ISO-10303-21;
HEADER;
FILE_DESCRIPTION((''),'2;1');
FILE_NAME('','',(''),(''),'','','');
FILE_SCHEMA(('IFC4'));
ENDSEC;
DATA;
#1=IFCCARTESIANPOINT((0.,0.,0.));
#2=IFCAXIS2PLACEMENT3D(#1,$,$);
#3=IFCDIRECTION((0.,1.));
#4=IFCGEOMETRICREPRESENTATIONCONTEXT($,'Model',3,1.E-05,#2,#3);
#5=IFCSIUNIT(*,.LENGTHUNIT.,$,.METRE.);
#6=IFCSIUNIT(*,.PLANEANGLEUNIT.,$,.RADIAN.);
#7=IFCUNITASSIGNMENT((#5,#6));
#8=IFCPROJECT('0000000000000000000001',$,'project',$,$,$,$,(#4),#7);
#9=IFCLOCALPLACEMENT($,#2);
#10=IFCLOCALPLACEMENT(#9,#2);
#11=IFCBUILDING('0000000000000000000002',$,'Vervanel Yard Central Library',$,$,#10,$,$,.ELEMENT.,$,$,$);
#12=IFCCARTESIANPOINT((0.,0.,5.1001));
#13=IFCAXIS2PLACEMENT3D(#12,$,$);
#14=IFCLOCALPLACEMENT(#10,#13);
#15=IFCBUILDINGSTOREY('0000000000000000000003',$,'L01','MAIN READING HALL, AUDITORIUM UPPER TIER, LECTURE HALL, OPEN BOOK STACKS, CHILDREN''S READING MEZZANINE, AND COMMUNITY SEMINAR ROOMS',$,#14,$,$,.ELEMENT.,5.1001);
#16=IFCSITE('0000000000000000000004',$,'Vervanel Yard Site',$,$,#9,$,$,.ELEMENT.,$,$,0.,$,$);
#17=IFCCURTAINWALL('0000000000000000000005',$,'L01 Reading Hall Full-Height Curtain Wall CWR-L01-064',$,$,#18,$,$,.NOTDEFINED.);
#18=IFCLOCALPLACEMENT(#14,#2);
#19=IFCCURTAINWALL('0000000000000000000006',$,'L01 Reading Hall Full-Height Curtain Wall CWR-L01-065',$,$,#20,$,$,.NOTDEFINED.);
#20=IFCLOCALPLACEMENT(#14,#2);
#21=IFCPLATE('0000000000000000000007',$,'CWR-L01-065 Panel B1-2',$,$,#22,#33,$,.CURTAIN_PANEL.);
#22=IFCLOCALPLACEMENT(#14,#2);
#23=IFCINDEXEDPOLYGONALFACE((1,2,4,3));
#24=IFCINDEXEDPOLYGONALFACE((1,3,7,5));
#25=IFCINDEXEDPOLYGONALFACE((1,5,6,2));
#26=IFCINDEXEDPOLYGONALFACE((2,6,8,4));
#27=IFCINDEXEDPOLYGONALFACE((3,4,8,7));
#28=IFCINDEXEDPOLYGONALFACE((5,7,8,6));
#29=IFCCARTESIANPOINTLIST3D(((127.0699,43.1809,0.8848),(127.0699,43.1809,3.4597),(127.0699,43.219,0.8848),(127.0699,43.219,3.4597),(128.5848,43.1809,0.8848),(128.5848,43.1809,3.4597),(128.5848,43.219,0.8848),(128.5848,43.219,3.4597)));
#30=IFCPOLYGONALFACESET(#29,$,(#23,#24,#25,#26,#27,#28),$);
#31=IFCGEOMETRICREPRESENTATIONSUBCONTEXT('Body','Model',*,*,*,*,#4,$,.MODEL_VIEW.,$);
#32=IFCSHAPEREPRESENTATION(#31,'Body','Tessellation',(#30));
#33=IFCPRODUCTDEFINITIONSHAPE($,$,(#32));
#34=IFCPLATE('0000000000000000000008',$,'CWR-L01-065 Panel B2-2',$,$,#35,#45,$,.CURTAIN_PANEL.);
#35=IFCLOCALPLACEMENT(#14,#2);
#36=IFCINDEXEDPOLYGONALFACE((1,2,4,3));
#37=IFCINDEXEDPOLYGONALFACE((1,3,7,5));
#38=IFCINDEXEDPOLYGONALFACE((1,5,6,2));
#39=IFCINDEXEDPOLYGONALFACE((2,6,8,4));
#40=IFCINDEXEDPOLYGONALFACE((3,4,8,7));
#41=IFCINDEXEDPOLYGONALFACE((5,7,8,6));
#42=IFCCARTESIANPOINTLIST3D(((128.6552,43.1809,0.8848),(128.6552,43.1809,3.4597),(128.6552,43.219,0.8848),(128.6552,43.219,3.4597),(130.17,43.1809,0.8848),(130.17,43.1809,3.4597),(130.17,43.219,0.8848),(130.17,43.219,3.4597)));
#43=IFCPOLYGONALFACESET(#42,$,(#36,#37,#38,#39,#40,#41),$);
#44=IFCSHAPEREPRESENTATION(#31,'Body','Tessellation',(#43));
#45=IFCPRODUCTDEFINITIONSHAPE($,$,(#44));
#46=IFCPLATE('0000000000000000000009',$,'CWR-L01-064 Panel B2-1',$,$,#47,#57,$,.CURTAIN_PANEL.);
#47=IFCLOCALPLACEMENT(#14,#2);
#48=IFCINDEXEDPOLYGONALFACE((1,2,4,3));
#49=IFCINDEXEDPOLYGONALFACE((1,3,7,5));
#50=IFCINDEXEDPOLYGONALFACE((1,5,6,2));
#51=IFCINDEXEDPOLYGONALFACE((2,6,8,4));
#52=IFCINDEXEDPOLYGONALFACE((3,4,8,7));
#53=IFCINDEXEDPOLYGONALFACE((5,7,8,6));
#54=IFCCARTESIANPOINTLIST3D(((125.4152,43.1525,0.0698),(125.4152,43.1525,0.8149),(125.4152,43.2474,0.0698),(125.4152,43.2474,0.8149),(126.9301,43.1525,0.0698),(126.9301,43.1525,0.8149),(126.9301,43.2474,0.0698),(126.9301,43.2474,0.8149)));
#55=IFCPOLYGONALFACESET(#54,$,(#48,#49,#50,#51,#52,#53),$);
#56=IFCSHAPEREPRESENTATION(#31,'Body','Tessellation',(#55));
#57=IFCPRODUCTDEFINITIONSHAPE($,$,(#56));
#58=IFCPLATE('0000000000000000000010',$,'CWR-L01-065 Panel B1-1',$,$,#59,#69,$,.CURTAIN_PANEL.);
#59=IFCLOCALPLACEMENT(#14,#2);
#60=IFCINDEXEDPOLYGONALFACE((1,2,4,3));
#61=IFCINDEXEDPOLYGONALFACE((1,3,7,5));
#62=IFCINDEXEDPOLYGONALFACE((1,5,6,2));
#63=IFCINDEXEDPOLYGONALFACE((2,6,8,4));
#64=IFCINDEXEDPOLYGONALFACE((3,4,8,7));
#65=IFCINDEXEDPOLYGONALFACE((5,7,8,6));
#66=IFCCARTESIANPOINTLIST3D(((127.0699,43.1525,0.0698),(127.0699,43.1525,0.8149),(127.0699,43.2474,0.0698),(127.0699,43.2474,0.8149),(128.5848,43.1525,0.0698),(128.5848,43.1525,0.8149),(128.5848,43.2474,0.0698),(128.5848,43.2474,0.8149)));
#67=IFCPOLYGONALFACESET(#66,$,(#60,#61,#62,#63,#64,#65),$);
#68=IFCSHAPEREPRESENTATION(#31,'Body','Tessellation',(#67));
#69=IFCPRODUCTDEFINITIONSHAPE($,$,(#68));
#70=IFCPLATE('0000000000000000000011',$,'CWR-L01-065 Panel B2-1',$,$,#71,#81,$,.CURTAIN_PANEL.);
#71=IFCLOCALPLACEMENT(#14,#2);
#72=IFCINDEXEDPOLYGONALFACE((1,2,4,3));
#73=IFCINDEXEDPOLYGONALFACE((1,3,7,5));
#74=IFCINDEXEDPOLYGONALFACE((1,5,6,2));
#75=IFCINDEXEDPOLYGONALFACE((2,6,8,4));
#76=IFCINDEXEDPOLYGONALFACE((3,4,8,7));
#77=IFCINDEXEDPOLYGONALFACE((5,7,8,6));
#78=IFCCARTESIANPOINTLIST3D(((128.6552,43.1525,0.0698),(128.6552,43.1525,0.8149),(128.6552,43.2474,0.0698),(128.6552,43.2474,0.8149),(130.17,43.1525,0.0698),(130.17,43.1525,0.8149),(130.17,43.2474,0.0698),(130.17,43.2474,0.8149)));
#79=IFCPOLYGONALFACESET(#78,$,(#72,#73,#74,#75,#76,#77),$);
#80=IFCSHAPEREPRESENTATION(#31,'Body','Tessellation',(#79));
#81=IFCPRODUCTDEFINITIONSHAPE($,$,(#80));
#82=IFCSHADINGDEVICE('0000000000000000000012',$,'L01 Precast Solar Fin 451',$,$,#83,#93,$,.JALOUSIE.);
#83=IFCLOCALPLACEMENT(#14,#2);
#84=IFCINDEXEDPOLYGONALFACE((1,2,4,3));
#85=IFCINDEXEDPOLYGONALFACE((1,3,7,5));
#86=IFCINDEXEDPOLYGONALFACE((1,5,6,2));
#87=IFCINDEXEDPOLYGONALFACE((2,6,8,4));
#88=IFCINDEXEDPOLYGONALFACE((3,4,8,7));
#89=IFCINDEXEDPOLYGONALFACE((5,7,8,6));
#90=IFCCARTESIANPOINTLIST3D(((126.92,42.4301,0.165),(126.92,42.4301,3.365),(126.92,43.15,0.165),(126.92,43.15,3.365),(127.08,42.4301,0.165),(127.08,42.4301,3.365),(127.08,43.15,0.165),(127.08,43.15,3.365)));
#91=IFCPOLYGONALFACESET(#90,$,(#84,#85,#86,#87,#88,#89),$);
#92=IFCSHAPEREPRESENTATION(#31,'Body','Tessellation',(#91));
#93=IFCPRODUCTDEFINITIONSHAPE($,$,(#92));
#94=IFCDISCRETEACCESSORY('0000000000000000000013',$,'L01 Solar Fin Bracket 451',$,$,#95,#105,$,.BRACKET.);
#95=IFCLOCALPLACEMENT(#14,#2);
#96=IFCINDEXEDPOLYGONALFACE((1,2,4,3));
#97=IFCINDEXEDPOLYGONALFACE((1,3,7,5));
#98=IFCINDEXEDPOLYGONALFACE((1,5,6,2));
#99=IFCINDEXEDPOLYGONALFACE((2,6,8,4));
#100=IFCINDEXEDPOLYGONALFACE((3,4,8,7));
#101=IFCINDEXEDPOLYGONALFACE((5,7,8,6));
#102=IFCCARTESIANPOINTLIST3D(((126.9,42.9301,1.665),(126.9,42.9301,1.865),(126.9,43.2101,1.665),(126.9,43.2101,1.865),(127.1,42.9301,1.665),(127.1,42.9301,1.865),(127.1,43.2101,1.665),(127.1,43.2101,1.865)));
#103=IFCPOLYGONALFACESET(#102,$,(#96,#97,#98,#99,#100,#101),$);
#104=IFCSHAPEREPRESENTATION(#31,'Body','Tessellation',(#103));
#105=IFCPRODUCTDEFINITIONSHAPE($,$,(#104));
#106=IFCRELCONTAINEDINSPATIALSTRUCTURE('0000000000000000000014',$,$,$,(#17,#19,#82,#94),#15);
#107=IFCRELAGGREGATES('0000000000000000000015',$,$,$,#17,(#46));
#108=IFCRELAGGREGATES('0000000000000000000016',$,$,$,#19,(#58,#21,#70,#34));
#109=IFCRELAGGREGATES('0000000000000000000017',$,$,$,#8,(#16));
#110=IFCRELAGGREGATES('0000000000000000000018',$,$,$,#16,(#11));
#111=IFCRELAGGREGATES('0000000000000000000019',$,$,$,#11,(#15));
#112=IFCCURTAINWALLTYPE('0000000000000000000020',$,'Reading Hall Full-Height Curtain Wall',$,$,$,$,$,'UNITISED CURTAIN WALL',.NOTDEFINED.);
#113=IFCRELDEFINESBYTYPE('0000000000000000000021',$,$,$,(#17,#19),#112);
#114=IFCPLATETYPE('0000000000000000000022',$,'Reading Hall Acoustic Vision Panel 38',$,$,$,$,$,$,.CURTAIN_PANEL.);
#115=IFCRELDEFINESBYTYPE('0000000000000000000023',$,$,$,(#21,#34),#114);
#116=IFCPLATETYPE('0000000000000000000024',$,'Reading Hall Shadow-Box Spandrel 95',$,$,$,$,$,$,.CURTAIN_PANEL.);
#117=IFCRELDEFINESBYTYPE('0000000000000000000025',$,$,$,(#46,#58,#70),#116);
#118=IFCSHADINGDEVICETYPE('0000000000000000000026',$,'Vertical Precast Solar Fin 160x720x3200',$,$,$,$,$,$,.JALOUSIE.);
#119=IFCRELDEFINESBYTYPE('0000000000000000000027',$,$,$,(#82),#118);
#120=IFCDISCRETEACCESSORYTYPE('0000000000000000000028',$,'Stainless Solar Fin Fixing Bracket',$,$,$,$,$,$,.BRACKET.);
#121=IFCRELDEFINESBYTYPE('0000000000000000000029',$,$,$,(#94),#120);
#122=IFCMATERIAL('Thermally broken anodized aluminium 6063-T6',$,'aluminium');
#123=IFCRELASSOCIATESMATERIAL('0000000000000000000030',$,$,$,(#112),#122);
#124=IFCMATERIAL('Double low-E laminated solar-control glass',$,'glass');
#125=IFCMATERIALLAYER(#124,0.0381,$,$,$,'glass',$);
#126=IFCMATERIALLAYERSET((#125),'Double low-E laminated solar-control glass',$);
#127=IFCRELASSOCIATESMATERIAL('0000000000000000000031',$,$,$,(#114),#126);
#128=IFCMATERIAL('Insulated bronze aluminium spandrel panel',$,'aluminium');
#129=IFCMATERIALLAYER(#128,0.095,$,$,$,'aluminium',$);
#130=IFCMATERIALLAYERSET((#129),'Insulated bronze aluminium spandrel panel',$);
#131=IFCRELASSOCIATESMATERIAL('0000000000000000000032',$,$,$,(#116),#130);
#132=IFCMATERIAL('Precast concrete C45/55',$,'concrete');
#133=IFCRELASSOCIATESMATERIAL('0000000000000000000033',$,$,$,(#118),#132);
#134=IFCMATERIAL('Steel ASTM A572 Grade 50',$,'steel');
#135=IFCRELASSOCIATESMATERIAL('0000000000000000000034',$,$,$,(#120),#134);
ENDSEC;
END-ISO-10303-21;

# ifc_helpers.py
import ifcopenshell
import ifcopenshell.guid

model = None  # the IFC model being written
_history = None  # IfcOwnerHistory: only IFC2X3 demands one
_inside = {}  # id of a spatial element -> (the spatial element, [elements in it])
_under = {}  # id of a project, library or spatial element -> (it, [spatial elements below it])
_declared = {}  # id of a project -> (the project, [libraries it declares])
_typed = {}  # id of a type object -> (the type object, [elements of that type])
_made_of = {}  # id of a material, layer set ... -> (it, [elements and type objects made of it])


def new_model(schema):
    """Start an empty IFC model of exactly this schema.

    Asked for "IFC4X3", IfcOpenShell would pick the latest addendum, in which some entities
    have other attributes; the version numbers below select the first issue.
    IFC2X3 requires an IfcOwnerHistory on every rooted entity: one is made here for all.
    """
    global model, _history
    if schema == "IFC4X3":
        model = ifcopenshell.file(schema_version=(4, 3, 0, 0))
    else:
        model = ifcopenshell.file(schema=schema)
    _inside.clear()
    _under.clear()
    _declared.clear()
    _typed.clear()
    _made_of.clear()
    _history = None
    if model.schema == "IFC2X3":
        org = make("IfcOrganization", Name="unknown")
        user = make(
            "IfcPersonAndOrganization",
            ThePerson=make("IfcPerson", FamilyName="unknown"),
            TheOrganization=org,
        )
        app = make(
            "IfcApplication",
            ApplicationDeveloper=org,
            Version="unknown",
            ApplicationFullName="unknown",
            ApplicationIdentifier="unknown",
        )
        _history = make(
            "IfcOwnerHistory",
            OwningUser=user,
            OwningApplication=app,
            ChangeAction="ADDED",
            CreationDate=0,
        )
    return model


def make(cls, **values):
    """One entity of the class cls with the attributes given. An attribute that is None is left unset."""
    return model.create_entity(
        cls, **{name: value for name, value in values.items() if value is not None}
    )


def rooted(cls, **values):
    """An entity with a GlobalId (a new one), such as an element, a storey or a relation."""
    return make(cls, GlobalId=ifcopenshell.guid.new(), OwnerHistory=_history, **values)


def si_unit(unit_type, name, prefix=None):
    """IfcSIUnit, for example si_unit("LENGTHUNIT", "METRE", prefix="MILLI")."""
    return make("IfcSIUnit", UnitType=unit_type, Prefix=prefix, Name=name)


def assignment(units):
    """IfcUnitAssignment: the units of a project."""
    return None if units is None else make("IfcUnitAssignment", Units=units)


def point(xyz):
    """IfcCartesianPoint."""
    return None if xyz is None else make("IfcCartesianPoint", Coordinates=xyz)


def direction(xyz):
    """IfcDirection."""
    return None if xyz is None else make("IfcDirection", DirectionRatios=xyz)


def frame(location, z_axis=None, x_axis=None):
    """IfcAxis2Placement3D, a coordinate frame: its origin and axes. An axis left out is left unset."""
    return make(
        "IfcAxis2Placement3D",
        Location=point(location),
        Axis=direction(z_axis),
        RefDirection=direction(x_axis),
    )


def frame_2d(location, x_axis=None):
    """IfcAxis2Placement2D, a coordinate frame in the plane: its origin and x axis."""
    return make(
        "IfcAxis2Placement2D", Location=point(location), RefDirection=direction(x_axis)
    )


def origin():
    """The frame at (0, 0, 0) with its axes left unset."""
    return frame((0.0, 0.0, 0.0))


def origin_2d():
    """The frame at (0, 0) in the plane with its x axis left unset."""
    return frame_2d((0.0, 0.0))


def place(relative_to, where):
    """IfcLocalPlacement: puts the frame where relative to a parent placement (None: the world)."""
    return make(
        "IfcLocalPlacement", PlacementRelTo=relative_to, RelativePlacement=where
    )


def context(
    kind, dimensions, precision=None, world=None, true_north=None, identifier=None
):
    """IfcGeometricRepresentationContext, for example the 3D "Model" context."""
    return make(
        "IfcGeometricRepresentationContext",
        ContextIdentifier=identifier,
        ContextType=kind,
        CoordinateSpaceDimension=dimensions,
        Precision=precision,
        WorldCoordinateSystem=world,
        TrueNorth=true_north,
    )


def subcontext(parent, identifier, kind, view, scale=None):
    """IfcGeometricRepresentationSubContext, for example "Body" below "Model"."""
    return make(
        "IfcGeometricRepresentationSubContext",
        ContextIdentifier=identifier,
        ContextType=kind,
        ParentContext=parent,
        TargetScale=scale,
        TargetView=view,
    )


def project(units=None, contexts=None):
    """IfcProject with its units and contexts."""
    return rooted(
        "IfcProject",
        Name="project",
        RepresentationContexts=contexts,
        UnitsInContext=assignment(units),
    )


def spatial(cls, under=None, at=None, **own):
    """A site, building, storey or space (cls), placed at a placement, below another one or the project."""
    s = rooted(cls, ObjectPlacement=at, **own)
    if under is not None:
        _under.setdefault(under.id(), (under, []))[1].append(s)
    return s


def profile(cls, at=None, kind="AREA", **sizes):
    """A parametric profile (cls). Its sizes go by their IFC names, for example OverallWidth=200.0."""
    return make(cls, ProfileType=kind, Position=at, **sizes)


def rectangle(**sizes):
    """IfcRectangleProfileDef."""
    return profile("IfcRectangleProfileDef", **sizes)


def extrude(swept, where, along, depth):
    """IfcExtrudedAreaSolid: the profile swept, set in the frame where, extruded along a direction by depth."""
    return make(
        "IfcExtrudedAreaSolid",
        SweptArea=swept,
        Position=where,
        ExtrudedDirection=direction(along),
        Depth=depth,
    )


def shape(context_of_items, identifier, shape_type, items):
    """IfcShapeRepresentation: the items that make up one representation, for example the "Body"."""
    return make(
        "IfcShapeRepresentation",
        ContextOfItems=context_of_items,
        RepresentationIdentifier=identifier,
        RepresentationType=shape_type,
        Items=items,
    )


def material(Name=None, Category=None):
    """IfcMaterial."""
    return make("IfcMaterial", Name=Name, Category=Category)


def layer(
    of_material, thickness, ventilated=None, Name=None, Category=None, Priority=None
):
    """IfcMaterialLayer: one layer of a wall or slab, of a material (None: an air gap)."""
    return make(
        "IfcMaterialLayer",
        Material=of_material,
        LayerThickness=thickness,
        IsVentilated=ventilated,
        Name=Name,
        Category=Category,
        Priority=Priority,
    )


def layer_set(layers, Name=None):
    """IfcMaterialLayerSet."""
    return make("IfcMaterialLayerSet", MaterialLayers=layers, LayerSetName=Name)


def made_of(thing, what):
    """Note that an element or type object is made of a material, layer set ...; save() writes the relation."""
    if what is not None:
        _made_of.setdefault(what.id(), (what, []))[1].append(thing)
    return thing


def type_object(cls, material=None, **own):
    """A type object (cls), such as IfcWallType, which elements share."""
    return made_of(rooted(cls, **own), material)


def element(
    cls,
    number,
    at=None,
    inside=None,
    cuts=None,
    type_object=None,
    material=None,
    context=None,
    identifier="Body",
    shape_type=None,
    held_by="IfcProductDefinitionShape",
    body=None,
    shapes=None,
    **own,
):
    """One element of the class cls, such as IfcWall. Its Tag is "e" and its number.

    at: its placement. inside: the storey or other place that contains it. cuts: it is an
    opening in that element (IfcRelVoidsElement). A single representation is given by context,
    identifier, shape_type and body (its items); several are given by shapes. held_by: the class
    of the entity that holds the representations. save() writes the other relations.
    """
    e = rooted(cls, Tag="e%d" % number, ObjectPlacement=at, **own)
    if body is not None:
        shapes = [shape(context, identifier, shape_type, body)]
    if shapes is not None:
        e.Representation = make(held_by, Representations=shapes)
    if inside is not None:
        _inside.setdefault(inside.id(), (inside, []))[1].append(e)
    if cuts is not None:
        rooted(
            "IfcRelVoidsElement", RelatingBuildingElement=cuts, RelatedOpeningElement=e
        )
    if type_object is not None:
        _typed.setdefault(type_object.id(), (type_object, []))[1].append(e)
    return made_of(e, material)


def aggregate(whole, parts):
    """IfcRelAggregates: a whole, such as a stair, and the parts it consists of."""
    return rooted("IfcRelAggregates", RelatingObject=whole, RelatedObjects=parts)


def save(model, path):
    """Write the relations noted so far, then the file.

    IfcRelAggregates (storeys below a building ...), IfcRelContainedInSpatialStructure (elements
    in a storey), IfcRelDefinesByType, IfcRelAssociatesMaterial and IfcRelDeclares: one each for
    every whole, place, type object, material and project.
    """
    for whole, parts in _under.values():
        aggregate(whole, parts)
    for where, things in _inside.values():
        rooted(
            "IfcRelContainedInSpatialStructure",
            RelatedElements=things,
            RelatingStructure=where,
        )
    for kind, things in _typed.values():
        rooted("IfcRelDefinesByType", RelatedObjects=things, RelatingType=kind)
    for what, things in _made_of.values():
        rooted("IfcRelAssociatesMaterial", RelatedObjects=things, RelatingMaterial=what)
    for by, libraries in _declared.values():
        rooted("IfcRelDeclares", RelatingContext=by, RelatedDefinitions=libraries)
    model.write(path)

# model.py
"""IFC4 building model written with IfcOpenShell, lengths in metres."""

from ifc_helpers import new_model, si_unit, direction, frame, origin, origin_2d, place, context, subcontext, project, spatial, rectangle, extrude, material, layer, layer_set, type_object, element, aggregate, save


model = new_model("IFC4")

# Units and contexts
model_context = context("Model", 3, precision=1e-05, world=origin(), true_north=direction((0.0, 1.0)))
body_context = subcontext(model_context, "Body", "Model", "MODEL_VIEW")
ifc_project = project(units=[si_unit("LENGTHUNIT", "METRE"), si_unit("PLANEANGLEUNIT", "RADIAN")], contexts=[model_context])

# Site, building, storey
site_placement = place(None, origin())
site = spatial("IfcSite", under=ifc_project, at=site_placement, Name="Vervanel Yard Site", CompositionType="ELEMENT", RefElevation=0.0)
building_placement = place(site_placement, origin())
building = spatial("IfcBuilding", under=site, at=building_placement, Name="Vervanel Yard Central Library", CompositionType="ELEMENT")
storey_placement = place(building_placement, frame((0.0, 0.0, 5.1001)))
storey = spatial("IfcBuildingStorey", under=building, at=storey_placement, Name="L01", Description="MAIN READING HALL, AUDITORIUM UPPER TIER, LECTURE HALL, OPEN BOOK STACKS, CHILDREN'S READING MEZZANINE, AND COMMUNITY SEMINAR ROOMS", CompositionType="ELEMENT", Elevation=5.1001)

# Curtain walls
ifc_material_1 = material(Name="Thermally broken anodized aluminium 6063-T6", Category="aluminium")
curtain_wall_type = type_object("IfcCurtainWallType", Name="Reading Hall Full-Height Curtain Wall", ElementType="UNITISED CURTAIN WALL", PredefinedType="NOTDEFINED", material=ifc_material_1)
curtain_wall_1_placement = place(storey_placement, origin())
curtain_wall_1 = element("IfcCurtainWall", 1, at=curtain_wall_1_placement, inside=storey, type_object=curtain_wall_type, Name="L01 Reading Hall Full-Height Curtain Wall CWR-L01-064", PredefinedType="NOTDEFINED")
curtain_wall_2_placement = place(storey_placement, origin())
curtain_wall_2 = element("IfcCurtainWall", 2, at=curtain_wall_2_placement, inside=storey, type_object=curtain_wall_type, Name="L01 Reading Hall Full-Height Curtain Wall CWR-L01-065", PredefinedType="NOTDEFINED")

# Plates
ifc_material_2 = material(Name="Double low-E laminated solar-control glass", Category="glass")
ifc_layer_1 = layer(ifc_material_2, 0.0381, Category="glass")
ifc_layer_set_1 = layer_set([ifc_layer_1], Name="Double low-E laminated solar-control glass")
plate_type_1 = type_object("IfcPlateType", Name="Reading Hall Acoustic Vision Panel 38", PredefinedType="CURTAIN_PANEL", material=ifc_layer_set_1)
plate_1_placement = place(storey_placement, frame((127.8274, 43.2, 0.8848), z_axis=(0.0, 0.0, 1.0), x_axis=(1.0, 0.0, 0.0)))
plate_1 = element("IfcPlate", 3, at=plate_1_placement, type_object=plate_type_1, Name="CWR-L01-065 Panel B1-2", PredefinedType="CURTAIN_PANEL", context=body_context, shape_type="SweptSolid", body=[
    extrude(rectangle(XDim=1.5149, YDim=0.0381, at=origin_2d()), origin(), (0.0, 0.0, 1.0), 2.575),
])
plate_2_placement = place(storey_placement, frame((129.4126, 43.2, 0.8848), z_axis=(0.0, 0.0, 1.0), x_axis=(1.0, 0.0, 0.0)))
plate_2 = element("IfcPlate", 4, at=plate_2_placement, type_object=plate_type_1, Name="CWR-L01-065 Panel B2-2", PredefinedType="CURTAIN_PANEL", context=body_context, shape_type="SweptSolid", body=[
    extrude(rectangle(XDim=1.5149, YDim=0.0381, at=origin_2d()), origin(), (0.0, 0.0, 1.0), 2.575),
])
ifc_material_3 = material(Name="Insulated bronze aluminium spandrel panel", Category="aluminium")
ifc_layer_2 = layer(ifc_material_3, 0.095, Category="aluminium")
ifc_layer_set_2 = layer_set([ifc_layer_2], Name="Insulated bronze aluminium spandrel panel")
plate_type_2 = type_object("IfcPlateType", Name="Reading Hall Shadow-Box Spandrel 95", PredefinedType="CURTAIN_PANEL", material=ifc_layer_set_2)
plate_3_placement = place(storey_placement, frame((126.1726, 43.2, 0.0698), z_axis=(0.0, 0.0, 1.0), x_axis=(1.0, 0.0, 0.0)))
plate_3 = element("IfcPlate", 5, at=plate_3_placement, type_object=plate_type_2, Name="CWR-L01-064 Panel B2-1", PredefinedType="CURTAIN_PANEL", context=body_context, shape_type="SweptSolid", body=[
    extrude(rectangle(XDim=1.5149, YDim=0.095, at=origin_2d()), origin(), (0.0, 0.0, 1.0), 0.7451),
])
aggregate(curtain_wall_1, [plate_3])
plate_4_placement = place(storey_placement, frame((127.8274, 43.2, 0.0698), z_axis=(0.0, 0.0, 1.0), x_axis=(1.0, 0.0, 0.0)))
plate_4 = element("IfcPlate", 6, at=plate_4_placement, type_object=plate_type_2, Name="CWR-L01-065 Panel B1-1", PredefinedType="CURTAIN_PANEL", context=body_context, shape_type="SweptSolid", body=[
    extrude(rectangle(XDim=1.5149, YDim=0.095, at=origin_2d()), origin(), (0.0, 0.0, 1.0), 0.7451),
])
plate_5_placement = place(storey_placement, frame((129.4126, 43.2, 0.0698), z_axis=(0.0, 0.0, 1.0), x_axis=(1.0, 0.0, 0.0)))
plate_5 = element("IfcPlate", 7, at=plate_5_placement, type_object=plate_type_2, Name="CWR-L01-065 Panel B2-1", PredefinedType="CURTAIN_PANEL", context=body_context, shape_type="SweptSolid", body=[
    extrude(rectangle(XDim=1.5149, YDim=0.095, at=origin_2d()), origin(), (0.0, 0.0, 1.0), 0.7451),
])
aggregate(curtain_wall_2, [plate_4, plate_1, plate_5, plate_2])

# Shading device
ifc_material_4 = material(Name="Precast concrete C45/55", Category="concrete")
shading_device_type = type_object("IfcShadingDeviceType", Name="Vertical Precast Solar Fin 160x720x3200", PredefinedType="JALOUSIE", material=ifc_material_4)
shading_device_placement = place(storey_placement, frame((127.0, 42.79, 0.165), z_axis=(0.0, 0.0, 1.0), x_axis=(1.0, 0.0, 0.0)))
element("IfcShadingDevice", 8, at=shading_device_placement, inside=storey, type_object=shading_device_type, Name="L01 Precast Solar Fin 451", PredefinedType="JALOUSIE", context=body_context, shape_type="SweptSolid", body=[
    extrude(rectangle(XDim=0.1599, YDim=0.72, at=origin_2d()), origin(), (0.0, 0.0, 1.0), 3.2),
])

# Discrete accessory
ifc_material_5 = material(Name="Steel ASTM A572 Grade 50", Category="steel")
discrete_accessory_type = type_object("IfcDiscreteAccessoryType", Name="Stainless Solar Fin Fixing Bracket", PredefinedType="BRACKET", material=ifc_material_5)
discrete_accessory_placement = place(storey_placement, frame((127.0, 43.0701, 1.665), z_axis=(0.0, 0.0, 1.0), x_axis=(1.0, 0.0, 0.0)))
element("IfcDiscreteAccessory", 9, at=discrete_accessory_placement, inside=storey, type_object=discrete_accessory_type, Name="L01 Solar Fin Bracket 451", PredefinedType="BRACKET", context=body_context, shape_type="SweptSolid", body=[
    extrude(rectangle(XDim=0.2, YDim=0.28, at=origin_2d()), origin(), (0.0, 0.0, 1.0), 0.2),
])

save(model, "model.ifc")
